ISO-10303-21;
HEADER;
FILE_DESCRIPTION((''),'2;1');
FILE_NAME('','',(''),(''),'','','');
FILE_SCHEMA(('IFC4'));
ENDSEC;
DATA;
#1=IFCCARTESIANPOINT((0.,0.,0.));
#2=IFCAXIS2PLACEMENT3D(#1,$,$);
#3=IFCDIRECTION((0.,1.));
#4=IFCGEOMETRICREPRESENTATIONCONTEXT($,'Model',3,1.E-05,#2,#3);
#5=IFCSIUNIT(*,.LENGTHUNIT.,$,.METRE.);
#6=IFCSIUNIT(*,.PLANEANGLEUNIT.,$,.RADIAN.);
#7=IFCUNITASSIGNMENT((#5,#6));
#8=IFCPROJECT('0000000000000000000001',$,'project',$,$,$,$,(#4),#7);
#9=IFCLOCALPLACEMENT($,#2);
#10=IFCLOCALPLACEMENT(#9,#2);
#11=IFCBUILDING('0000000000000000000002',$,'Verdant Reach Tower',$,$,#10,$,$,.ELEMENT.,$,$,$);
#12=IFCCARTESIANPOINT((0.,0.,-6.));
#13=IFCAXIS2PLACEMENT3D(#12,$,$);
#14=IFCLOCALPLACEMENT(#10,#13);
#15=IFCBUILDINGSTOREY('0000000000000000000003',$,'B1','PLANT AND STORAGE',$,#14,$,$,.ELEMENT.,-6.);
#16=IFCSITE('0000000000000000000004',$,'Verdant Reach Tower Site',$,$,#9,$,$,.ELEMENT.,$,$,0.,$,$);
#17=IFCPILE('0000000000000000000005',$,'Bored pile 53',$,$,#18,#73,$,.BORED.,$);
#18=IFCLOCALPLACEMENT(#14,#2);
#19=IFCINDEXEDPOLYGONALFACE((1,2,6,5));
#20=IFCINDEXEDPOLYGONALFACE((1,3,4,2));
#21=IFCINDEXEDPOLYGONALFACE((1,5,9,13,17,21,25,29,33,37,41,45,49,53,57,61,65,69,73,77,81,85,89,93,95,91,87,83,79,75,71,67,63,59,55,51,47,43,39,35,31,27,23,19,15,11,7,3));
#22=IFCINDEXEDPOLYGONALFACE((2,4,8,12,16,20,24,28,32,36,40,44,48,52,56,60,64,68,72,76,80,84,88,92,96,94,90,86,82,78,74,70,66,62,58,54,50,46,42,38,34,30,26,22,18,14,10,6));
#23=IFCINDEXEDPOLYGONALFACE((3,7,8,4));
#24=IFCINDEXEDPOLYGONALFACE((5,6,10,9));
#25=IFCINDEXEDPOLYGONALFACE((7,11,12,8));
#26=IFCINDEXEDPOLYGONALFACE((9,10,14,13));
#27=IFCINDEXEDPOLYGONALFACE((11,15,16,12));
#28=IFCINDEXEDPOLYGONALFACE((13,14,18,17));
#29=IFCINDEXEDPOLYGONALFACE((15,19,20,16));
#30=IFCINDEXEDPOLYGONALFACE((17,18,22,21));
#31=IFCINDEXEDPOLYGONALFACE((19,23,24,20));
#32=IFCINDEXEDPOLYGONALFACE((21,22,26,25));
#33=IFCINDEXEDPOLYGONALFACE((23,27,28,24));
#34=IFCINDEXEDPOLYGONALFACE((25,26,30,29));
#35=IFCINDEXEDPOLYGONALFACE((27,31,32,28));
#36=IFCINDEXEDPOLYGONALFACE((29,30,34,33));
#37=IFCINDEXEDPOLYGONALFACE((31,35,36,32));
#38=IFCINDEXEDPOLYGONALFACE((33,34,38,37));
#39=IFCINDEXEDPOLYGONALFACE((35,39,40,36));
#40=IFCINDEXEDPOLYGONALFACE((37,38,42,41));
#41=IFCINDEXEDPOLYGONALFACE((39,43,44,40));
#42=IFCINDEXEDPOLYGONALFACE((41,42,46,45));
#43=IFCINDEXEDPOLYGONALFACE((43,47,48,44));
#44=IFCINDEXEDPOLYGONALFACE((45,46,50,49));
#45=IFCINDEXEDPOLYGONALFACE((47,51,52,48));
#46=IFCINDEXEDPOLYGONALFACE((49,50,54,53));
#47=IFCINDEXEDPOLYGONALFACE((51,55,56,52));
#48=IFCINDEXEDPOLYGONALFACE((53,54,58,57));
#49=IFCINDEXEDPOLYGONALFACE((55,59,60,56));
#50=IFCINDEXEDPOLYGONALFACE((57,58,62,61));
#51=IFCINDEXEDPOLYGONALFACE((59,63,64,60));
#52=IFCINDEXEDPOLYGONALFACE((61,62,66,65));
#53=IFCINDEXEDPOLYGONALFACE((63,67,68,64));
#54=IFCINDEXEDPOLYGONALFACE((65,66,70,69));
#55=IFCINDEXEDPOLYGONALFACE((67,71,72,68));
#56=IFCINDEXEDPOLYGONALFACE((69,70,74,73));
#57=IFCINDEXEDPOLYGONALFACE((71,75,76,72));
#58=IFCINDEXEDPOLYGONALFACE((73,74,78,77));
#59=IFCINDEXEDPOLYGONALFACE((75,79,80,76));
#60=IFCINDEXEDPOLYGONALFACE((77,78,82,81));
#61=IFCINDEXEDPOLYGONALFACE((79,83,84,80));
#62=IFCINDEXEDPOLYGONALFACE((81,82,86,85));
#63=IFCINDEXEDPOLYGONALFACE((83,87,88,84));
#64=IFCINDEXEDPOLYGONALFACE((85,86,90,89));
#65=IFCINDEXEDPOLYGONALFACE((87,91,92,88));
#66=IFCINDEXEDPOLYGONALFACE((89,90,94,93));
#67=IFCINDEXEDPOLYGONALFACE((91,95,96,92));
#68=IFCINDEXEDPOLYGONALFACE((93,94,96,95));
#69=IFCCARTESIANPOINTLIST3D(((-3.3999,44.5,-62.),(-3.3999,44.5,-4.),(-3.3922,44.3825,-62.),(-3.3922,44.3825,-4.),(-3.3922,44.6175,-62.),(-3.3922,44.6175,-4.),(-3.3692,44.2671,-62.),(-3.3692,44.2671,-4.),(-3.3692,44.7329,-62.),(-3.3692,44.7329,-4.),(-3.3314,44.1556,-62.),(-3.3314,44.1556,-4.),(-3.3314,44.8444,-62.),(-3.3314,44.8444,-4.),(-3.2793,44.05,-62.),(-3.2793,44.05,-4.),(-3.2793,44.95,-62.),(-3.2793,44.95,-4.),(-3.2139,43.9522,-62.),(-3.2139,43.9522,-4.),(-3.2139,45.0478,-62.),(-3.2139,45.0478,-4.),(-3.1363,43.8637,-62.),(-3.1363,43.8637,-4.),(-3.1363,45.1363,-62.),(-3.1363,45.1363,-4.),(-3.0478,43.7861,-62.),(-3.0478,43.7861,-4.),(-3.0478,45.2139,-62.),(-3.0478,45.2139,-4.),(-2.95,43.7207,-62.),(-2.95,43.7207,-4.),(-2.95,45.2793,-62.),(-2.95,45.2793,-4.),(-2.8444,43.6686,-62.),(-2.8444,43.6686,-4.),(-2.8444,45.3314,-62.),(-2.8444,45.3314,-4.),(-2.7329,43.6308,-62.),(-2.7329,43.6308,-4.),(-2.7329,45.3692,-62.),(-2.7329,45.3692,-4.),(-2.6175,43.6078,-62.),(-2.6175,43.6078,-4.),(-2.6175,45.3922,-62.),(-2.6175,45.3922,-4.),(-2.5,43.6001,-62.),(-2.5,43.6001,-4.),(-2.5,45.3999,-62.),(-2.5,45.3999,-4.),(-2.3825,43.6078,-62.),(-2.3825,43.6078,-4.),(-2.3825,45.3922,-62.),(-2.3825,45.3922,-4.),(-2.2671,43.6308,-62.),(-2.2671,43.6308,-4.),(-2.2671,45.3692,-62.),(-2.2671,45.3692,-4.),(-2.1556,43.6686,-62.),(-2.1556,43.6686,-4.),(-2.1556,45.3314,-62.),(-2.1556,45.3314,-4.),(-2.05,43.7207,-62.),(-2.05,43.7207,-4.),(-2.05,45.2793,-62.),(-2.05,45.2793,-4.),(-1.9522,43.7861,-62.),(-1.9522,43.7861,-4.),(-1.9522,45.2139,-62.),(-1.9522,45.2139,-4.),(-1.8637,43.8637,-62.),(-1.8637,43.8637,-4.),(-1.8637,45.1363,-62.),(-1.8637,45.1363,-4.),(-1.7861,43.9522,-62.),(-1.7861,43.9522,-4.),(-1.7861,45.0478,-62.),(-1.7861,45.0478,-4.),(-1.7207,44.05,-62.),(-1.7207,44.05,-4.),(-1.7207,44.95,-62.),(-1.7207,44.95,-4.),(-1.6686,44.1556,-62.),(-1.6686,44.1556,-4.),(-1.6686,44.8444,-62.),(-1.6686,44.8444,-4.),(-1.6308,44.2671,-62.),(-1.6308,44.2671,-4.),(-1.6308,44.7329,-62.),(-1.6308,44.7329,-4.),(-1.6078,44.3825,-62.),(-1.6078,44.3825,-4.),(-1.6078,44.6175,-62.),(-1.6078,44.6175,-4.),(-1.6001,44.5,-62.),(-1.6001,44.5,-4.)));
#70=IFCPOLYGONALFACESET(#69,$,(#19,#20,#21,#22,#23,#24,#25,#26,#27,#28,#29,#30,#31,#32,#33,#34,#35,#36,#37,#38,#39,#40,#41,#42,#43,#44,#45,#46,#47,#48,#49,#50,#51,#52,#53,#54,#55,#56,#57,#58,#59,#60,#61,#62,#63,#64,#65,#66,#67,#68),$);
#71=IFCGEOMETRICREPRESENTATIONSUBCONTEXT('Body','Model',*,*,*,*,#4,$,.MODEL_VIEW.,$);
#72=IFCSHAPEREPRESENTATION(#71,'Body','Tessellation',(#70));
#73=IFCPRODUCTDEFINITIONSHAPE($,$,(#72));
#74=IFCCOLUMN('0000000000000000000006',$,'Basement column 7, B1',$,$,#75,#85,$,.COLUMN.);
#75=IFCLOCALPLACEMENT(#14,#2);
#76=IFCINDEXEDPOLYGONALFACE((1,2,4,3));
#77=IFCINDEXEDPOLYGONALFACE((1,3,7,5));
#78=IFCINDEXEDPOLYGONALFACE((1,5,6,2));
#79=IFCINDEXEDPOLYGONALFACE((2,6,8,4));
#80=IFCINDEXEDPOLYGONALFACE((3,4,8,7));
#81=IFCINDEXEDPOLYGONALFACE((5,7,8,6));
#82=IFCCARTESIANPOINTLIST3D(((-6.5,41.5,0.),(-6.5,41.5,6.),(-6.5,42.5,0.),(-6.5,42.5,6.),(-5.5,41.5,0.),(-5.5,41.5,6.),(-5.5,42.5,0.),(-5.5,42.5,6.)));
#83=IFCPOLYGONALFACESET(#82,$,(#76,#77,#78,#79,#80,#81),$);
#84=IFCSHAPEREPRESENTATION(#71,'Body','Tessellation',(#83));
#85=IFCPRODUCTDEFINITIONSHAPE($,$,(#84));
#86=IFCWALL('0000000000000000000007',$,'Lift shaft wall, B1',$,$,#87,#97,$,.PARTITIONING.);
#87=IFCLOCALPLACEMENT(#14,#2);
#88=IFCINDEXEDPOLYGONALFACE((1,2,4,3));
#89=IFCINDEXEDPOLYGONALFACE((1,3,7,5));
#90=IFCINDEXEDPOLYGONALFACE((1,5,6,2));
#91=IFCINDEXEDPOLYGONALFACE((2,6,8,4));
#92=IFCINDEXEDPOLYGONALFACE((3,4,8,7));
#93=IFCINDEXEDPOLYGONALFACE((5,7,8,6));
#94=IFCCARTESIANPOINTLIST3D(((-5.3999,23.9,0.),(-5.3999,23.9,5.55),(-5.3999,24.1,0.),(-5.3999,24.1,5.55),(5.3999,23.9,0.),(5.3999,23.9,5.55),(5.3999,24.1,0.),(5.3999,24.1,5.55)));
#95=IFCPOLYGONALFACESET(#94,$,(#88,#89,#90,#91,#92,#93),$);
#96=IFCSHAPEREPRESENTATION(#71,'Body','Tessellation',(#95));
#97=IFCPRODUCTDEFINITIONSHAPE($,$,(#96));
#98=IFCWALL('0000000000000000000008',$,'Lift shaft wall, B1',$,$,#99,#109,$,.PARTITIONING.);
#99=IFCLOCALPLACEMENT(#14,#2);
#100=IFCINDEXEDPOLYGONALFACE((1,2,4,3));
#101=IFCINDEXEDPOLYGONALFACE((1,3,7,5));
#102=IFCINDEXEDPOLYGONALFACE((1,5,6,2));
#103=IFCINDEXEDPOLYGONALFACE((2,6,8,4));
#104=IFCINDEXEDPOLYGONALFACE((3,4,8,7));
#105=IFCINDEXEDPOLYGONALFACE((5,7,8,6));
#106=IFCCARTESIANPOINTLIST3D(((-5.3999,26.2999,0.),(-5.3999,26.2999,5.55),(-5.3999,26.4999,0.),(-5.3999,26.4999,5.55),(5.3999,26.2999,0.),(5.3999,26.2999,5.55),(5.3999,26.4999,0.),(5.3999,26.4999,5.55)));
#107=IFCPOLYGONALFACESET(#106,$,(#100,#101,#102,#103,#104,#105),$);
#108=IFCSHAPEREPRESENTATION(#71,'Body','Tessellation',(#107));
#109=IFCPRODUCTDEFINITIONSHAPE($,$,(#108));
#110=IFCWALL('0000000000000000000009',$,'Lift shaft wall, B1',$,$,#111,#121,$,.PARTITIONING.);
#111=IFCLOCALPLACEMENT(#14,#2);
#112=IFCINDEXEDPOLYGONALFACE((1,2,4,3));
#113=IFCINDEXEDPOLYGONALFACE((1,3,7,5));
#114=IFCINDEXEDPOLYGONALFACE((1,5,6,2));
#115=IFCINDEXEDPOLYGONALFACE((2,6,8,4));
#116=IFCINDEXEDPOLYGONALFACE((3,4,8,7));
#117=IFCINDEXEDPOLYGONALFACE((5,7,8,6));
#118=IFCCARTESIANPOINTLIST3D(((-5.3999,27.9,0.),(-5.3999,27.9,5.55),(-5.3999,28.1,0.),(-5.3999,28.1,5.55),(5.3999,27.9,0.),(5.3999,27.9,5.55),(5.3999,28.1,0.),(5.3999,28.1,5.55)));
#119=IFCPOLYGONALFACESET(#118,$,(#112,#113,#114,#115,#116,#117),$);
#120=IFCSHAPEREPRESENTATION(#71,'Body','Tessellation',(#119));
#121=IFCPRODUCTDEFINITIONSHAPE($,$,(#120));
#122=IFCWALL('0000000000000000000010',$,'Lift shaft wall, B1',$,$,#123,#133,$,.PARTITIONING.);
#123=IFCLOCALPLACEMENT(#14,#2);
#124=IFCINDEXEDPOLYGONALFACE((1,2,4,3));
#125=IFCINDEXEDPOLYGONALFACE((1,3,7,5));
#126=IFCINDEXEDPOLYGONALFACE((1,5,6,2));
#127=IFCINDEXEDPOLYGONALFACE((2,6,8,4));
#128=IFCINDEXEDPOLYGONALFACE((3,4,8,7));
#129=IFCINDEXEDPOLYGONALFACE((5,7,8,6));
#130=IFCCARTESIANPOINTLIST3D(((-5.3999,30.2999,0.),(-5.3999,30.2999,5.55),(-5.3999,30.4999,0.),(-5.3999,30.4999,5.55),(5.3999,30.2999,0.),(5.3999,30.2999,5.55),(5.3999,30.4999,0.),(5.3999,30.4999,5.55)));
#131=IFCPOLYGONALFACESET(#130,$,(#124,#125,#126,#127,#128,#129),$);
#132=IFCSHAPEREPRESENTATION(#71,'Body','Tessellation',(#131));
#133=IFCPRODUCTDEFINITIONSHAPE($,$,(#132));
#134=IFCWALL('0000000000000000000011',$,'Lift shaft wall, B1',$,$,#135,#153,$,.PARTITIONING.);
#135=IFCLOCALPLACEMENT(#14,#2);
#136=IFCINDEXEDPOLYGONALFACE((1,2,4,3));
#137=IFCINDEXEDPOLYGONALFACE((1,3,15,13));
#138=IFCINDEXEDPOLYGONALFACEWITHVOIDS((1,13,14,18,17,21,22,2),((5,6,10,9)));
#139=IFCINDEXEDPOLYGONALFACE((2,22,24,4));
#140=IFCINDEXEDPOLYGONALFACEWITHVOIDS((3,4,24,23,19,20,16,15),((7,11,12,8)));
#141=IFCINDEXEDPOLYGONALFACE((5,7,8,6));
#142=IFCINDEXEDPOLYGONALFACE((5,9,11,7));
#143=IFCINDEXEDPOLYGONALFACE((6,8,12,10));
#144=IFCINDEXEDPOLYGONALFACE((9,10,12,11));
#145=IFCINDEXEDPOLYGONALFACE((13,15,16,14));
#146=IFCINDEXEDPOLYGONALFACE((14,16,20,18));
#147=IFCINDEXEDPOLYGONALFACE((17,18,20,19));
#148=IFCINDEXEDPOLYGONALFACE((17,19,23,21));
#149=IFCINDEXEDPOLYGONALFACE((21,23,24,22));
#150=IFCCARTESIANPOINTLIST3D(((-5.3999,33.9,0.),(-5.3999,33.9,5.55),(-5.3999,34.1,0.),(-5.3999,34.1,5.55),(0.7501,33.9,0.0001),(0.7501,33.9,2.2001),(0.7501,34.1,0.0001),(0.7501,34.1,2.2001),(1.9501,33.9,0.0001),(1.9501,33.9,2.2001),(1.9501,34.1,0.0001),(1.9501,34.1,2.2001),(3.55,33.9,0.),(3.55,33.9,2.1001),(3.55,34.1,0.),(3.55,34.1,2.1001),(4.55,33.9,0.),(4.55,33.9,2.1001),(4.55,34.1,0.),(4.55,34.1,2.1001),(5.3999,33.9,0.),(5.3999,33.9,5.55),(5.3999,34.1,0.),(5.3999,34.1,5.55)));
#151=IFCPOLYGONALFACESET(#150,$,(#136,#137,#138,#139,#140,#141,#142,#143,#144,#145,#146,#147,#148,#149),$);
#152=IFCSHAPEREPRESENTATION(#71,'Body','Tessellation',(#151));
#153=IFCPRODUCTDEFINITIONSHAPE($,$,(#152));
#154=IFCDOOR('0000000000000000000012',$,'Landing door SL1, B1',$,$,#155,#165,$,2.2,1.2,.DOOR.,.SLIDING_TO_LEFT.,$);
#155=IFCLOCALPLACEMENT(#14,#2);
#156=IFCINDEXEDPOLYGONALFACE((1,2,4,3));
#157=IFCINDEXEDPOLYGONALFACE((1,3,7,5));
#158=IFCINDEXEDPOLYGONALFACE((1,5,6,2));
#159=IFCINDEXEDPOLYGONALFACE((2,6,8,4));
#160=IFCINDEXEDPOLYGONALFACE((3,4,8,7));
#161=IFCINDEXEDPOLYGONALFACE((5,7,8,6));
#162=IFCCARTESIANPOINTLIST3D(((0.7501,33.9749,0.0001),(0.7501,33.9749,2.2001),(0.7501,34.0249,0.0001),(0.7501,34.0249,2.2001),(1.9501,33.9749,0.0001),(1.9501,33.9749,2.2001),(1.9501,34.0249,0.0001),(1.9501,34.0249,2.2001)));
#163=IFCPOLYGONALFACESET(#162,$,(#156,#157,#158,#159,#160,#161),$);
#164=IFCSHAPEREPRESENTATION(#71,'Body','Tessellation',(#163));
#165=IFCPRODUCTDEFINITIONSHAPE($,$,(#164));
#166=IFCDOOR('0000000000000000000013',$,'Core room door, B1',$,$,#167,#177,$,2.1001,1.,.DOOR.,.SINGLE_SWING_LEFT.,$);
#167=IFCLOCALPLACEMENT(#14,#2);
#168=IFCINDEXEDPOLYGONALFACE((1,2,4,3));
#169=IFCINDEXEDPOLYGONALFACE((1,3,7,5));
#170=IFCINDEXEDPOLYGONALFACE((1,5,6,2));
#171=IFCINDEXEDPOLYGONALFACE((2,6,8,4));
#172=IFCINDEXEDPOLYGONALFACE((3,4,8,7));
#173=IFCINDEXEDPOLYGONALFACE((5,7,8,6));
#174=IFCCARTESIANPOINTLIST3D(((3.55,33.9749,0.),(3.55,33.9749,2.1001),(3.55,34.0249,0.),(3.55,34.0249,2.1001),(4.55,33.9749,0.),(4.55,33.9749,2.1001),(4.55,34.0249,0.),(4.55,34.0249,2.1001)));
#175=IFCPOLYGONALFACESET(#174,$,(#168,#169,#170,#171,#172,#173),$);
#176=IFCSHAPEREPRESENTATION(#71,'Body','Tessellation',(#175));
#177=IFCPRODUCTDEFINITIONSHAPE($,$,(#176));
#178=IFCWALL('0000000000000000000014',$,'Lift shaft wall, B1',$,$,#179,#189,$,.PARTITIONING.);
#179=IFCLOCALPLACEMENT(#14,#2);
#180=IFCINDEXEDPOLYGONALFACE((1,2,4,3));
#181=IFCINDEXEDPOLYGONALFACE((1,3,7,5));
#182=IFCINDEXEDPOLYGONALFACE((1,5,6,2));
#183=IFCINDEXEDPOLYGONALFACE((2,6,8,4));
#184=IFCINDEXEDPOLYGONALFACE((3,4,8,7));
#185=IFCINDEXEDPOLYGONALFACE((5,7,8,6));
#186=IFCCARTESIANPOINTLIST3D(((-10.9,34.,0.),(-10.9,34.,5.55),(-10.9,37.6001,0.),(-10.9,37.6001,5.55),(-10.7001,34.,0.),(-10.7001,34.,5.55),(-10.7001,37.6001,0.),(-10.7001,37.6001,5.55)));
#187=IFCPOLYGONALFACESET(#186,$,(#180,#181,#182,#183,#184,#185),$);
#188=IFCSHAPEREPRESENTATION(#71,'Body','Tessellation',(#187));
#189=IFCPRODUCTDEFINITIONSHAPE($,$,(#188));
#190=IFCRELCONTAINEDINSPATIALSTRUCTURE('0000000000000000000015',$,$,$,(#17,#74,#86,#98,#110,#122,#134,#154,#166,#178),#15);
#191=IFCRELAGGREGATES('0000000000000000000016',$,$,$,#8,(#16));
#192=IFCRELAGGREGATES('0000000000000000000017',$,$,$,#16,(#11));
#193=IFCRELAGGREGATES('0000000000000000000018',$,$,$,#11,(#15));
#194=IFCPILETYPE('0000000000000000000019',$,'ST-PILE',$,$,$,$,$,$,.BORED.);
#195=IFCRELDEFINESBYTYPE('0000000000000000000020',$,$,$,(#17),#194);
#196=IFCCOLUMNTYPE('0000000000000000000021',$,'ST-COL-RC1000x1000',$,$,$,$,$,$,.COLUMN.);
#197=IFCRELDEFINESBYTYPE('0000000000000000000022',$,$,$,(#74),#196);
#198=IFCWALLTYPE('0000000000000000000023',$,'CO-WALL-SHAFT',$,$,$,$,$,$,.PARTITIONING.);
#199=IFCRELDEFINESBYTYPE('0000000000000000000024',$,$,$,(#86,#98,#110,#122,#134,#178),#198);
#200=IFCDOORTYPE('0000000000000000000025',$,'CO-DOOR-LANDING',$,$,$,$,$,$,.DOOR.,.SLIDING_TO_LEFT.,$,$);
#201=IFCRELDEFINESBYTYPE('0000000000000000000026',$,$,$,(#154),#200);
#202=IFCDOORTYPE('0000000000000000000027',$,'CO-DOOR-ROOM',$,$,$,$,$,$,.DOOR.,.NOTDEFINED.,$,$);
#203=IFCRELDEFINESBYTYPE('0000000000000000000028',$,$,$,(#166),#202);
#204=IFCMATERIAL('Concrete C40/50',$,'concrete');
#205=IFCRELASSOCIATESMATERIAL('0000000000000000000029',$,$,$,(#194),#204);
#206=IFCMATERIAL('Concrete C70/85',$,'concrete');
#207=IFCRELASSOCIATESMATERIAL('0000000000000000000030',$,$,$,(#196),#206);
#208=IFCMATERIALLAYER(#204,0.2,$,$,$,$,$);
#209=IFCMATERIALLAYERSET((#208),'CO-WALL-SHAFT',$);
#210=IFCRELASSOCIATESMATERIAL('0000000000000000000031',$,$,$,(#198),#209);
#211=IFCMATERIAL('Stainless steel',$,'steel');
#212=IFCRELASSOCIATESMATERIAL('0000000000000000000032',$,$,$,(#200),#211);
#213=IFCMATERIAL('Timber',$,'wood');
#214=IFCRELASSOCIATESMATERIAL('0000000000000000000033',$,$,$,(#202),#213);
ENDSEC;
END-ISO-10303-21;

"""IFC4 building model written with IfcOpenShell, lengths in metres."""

from ifc_helpers import new_model, si_unit, direction, frame, frame_2d, origin, origin_2d, place, context, subcontext, project, spatial, rectangle, circle, extrude, material, layer, layer_set, material_profile, profile_set, type_object, element, fill, save


model = new_model("IFC4")

# Units and contexts
model_context = context("Model", 3, precision=1e-05, world=origin(), true_north=direction((0.0, 1.0)))
body_context = subcontext(model_context, "Body", "Model", "MODEL_VIEW")
ifc_project = project(units=[si_unit("LENGTHUNIT", "METRE"), si_unit("PLANEANGLEUNIT", "RADIAN")], contexts=[model_context])

# Site, building, storey
site_placement = place(None, origin())
site = spatial("IfcSite", under=ifc_project, at=site_placement, Name="Verdant Reach Tower Site", CompositionType="ELEMENT", RefElevation=0.0)
building_placement = place(site_placement, origin())
building = spatial("IfcBuilding", under=site, at=building_placement, Name="Verdant Reach Tower", CompositionType="ELEMENT")
storey_placement = place(building_placement, frame((0.0, 0.0, -6.0)))
storey = spatial("IfcBuildingStorey", under=building, at=storey_placement, Name="B1", Description="PLANT AND STORAGE", CompositionType="ELEMENT", Elevation=-6.0)

# Pile
ifc_material_1 = material(Name="Concrete C40/50", Category="concrete")
ifc_material_profile_1 = material_profile(ifc_material_1, circle(Radius=0.8999, at=origin_2d()), Name="BP 1800")
ifc_profile_set_1 = profile_set([ifc_material_profile_1], Name="Concrete C40/50")
pile_type = type_object("IfcPileType", Name="ST-PILE", PredefinedType="BORED", material=ifc_profile_set_1)
for number, where, z_axis, x_axis, name in (
    (1, (-2.5, 44.5, -4.0), (0.0, 0.0, -1.0), (1.0, 0.0, 0.0), "Bored pile 53"),
):
    element("IfcPile", number, at=place(storey_placement, frame(where, z_axis=z_axis, x_axis=x_axis)), inside=storey, type_object=pile_type, Name=name, PredefinedType="BORED", context=body_context, shape_type="SweptSolid", body=[
        extrude(circle(Radius=0.8999, at=origin_2d()), origin(), (0.0, 0.0, 1.0), 58.0),
    ])

# Column
ifc_material_2 = material(Name="Concrete C70/85", Category="concrete")
ifc_material_profile_2 = material_profile(ifc_material_2, rectangle(XDim=1.0, YDim=1.0, at=origin_2d()), Name="RC 1000x1000")
ifc_profile_set_2 = profile_set([ifc_material_profile_2], Name="Concrete C70/85")
column_type = type_object("IfcColumnType", Name="ST-COL-RC1000x1000", PredefinedType="COLUMN", material=ifc_profile_set_2)
column_placement = place(storey_placement, frame((-6.0, 42.0, 0.0), z_axis=(0.0, 0.0, 1.0), x_axis=(1.0, 0.0, 0.0)))
element("IfcColumn", 2, at=column_placement, inside=storey, type_object=column_type, Name="Basement column 7, B1", PredefinedType="COLUMN", context=body_context, shape_type="SweptSolid", body=[
    extrude(rectangle(XDim=1.0, YDim=1.0, at=origin_2d()), origin(), (0.0, 0.0, 1.0), 6.0),
])

# Walls
ifc_layer_1 = layer(ifc_material_1, 0.2)
ifc_layer_set_1 = layer_set([ifc_layer_1], Name="CO-WALL-SHAFT")
wall_type_1 = type_object("IfcWallType", Name="CO-WALL-SHAFT", PredefinedType="PARTITIONING", material=ifc_layer_set_1)
for number, where, z_axis, x_axis, name in (
    (3, (-5.3999, 24.0, 0.0), (0.0, 0.0, 1.0), (1.0, 0.0, 0.0), "Lift shaft wall, B1"),
    (4, (-5.3999, 26.3999, 0.0), (0.0, 0.0, 1.0), (1.0, 0.0, 0.0), "Lift shaft wall, B1"),
    (5, (-5.3999, 28.0, 0.0), (0.0, 0.0, 1.0), (1.0, 0.0, 0.0), "Lift shaft wall, B1"),
    (6, (-5.3999, 30.3999, 0.0), (0.0, 0.0, 1.0), (1.0, 0.0, 0.0), "Lift shaft wall, B1"),
):
    element("IfcWall", number, at=place(storey_placement, frame(where, z_axis=z_axis, x_axis=x_axis)), inside=storey, type_object=wall_type_1, Name=name, PredefinedType="PARTITIONING", context=body_context, shape_type="SweptSolid", body=[
        extrude(rectangle(XDim=10.7998, YDim=0.2, at=frame_2d((5.3999, 0.0))), origin(), (0.0, 0.0, 1.0), 5.55),
    ])

# Wall, openings, doors
wall_1_placement = place(storey_placement, frame((-5.3999, 34.0, 0.0), z_axis=(0.0, 0.0, 1.0), x_axis=(1.0, 0.0, 0.0)))
wall_1 = element("IfcWall", 7, at=wall_1_placement, inside=storey, type_object=wall_type_1, Name="Lift shaft wall, B1", PredefinedType="PARTITIONING", context=body_context, shape_type="SweptSolid", body=[
    extrude(rectangle(XDim=10.7998, YDim=0.2, at=frame_2d((5.3999, 0.0))), origin(), (0.0, 0.0, 1.0), 5.55),
])
opening_1_placement = place(wall_1_placement, frame((6.1499, 0.0, 0.0)))
opening_1 = element("IfcOpeningElement", 8, at=opening_1_placement, cuts=wall_1, PredefinedType="OPENING", context=body_context, shape_type="SweptSolid", body=[
    extrude(rectangle(XDim=1.2, YDim=2.2, at=frame_2d((0.6001, 1.1001))), frame((0.0, 0.1099, 0.0), z_axis=(0.0, -1.0, 0.0), x_axis=(1.0, 0.0, 0.0)), (0.0, 0.0, 1.0), 0.22),
])
opening_2_placement = place(wall_1_placement, frame((8.95, 0.0, 0.0)))
opening_2 = element("IfcOpeningElement", 9, at=opening_2_placement, cuts=wall_1, PredefinedType="OPENING", context=body_context, shape_type="SweptSolid", body=[
    extrude(rectangle(XDim=1.0, YDim=2.1001, at=frame_2d((0.5, 1.05))), frame((0.0, 0.1099, 0.0), z_axis=(0.0, -1.0, 0.0), x_axis=(1.0, 0.0, 0.0)), (0.0, 0.0, 1.0), 0.22),
])
ifc_material_3 = material(Name="Stainless steel", Category="steel")
door_type_1 = type_object("IfcDoorType", Name="CO-DOOR-LANDING", OperationType="SLIDING_TO_LEFT", PredefinedType="DOOR", material=ifc_material_3)
door_1_placement = place(opening_1_placement, origin())
door_1 = element("IfcDoor", 10, at=door_1_placement, inside=storey, type_object=door_type_1, Name="Landing door SL1, B1", OperationType="SLIDING_TO_LEFT", OverallHeight=2.2, OverallWidth=1.2, PredefinedType="DOOR", context=body_context, shape_type="SweptSolid", body=[
    extrude(rectangle(XDim=1.2, YDim=2.2, at=frame_2d((0.6001, 1.1001))), frame((0.0, 0.0249, 0.0), z_axis=(0.0, -1.0, 0.0), x_axis=(1.0, 0.0, 0.0)), (0.0, 0.0, 1.0), 0.05),
])
fill(opening_1, door_1)
ifc_material_4 = material(Name="Timber", Category="wood")
door_type_2 = type_object("IfcDoorType", Name="CO-DOOR-ROOM", OperationType="NOTDEFINED", PredefinedType="DOOR", material=ifc_material_4)
door_2_placement = place(opening_2_placement, origin())
door_2 = element("IfcDoor", 11, at=door_2_placement, inside=storey, type_object=door_type_2, Name="Core room door, B1", OperationType="SINGLE_SWING_LEFT", OverallHeight=2.1001, OverallWidth=1.0, PredefinedType="DOOR", context=body_context, shape_type="SweptSolid", body=[
    extrude(rectangle(XDim=1.0, YDim=2.1001, at=frame_2d((0.5, 1.05))), frame((0.0, 0.0249, 0.0), z_axis=(0.0, -1.0, 0.0), x_axis=(1.0, 0.0, 0.0)), (0.0, 0.0, 1.0), 0.05),
])
fill(opening_2, door_2)

# Wall
for number, where, z_axis, x_axis, name in (
    (12, (-10.8, 34.0, 0.0), (0.0, 0.0, 1.0), (0.0, 1.0, 0.0), "Lift shaft wall, B1"),
):
    element("IfcWall", number, at=place(storey_placement, frame(where, z_axis=z_axis, x_axis=x_axis)), inside=storey, type_object=wall_type_1, Name=name, PredefinedType="PARTITIONING", context=body_context, shape_type="SweptSolid", body=[
        extrude(rectangle(XDim=3.6001, YDim=0.2, at=frame_2d((1.8, 0.0))), origin(), (0.0, 0.0, 1.0), 5.55),
    ])

save(model, "model.ifc")
